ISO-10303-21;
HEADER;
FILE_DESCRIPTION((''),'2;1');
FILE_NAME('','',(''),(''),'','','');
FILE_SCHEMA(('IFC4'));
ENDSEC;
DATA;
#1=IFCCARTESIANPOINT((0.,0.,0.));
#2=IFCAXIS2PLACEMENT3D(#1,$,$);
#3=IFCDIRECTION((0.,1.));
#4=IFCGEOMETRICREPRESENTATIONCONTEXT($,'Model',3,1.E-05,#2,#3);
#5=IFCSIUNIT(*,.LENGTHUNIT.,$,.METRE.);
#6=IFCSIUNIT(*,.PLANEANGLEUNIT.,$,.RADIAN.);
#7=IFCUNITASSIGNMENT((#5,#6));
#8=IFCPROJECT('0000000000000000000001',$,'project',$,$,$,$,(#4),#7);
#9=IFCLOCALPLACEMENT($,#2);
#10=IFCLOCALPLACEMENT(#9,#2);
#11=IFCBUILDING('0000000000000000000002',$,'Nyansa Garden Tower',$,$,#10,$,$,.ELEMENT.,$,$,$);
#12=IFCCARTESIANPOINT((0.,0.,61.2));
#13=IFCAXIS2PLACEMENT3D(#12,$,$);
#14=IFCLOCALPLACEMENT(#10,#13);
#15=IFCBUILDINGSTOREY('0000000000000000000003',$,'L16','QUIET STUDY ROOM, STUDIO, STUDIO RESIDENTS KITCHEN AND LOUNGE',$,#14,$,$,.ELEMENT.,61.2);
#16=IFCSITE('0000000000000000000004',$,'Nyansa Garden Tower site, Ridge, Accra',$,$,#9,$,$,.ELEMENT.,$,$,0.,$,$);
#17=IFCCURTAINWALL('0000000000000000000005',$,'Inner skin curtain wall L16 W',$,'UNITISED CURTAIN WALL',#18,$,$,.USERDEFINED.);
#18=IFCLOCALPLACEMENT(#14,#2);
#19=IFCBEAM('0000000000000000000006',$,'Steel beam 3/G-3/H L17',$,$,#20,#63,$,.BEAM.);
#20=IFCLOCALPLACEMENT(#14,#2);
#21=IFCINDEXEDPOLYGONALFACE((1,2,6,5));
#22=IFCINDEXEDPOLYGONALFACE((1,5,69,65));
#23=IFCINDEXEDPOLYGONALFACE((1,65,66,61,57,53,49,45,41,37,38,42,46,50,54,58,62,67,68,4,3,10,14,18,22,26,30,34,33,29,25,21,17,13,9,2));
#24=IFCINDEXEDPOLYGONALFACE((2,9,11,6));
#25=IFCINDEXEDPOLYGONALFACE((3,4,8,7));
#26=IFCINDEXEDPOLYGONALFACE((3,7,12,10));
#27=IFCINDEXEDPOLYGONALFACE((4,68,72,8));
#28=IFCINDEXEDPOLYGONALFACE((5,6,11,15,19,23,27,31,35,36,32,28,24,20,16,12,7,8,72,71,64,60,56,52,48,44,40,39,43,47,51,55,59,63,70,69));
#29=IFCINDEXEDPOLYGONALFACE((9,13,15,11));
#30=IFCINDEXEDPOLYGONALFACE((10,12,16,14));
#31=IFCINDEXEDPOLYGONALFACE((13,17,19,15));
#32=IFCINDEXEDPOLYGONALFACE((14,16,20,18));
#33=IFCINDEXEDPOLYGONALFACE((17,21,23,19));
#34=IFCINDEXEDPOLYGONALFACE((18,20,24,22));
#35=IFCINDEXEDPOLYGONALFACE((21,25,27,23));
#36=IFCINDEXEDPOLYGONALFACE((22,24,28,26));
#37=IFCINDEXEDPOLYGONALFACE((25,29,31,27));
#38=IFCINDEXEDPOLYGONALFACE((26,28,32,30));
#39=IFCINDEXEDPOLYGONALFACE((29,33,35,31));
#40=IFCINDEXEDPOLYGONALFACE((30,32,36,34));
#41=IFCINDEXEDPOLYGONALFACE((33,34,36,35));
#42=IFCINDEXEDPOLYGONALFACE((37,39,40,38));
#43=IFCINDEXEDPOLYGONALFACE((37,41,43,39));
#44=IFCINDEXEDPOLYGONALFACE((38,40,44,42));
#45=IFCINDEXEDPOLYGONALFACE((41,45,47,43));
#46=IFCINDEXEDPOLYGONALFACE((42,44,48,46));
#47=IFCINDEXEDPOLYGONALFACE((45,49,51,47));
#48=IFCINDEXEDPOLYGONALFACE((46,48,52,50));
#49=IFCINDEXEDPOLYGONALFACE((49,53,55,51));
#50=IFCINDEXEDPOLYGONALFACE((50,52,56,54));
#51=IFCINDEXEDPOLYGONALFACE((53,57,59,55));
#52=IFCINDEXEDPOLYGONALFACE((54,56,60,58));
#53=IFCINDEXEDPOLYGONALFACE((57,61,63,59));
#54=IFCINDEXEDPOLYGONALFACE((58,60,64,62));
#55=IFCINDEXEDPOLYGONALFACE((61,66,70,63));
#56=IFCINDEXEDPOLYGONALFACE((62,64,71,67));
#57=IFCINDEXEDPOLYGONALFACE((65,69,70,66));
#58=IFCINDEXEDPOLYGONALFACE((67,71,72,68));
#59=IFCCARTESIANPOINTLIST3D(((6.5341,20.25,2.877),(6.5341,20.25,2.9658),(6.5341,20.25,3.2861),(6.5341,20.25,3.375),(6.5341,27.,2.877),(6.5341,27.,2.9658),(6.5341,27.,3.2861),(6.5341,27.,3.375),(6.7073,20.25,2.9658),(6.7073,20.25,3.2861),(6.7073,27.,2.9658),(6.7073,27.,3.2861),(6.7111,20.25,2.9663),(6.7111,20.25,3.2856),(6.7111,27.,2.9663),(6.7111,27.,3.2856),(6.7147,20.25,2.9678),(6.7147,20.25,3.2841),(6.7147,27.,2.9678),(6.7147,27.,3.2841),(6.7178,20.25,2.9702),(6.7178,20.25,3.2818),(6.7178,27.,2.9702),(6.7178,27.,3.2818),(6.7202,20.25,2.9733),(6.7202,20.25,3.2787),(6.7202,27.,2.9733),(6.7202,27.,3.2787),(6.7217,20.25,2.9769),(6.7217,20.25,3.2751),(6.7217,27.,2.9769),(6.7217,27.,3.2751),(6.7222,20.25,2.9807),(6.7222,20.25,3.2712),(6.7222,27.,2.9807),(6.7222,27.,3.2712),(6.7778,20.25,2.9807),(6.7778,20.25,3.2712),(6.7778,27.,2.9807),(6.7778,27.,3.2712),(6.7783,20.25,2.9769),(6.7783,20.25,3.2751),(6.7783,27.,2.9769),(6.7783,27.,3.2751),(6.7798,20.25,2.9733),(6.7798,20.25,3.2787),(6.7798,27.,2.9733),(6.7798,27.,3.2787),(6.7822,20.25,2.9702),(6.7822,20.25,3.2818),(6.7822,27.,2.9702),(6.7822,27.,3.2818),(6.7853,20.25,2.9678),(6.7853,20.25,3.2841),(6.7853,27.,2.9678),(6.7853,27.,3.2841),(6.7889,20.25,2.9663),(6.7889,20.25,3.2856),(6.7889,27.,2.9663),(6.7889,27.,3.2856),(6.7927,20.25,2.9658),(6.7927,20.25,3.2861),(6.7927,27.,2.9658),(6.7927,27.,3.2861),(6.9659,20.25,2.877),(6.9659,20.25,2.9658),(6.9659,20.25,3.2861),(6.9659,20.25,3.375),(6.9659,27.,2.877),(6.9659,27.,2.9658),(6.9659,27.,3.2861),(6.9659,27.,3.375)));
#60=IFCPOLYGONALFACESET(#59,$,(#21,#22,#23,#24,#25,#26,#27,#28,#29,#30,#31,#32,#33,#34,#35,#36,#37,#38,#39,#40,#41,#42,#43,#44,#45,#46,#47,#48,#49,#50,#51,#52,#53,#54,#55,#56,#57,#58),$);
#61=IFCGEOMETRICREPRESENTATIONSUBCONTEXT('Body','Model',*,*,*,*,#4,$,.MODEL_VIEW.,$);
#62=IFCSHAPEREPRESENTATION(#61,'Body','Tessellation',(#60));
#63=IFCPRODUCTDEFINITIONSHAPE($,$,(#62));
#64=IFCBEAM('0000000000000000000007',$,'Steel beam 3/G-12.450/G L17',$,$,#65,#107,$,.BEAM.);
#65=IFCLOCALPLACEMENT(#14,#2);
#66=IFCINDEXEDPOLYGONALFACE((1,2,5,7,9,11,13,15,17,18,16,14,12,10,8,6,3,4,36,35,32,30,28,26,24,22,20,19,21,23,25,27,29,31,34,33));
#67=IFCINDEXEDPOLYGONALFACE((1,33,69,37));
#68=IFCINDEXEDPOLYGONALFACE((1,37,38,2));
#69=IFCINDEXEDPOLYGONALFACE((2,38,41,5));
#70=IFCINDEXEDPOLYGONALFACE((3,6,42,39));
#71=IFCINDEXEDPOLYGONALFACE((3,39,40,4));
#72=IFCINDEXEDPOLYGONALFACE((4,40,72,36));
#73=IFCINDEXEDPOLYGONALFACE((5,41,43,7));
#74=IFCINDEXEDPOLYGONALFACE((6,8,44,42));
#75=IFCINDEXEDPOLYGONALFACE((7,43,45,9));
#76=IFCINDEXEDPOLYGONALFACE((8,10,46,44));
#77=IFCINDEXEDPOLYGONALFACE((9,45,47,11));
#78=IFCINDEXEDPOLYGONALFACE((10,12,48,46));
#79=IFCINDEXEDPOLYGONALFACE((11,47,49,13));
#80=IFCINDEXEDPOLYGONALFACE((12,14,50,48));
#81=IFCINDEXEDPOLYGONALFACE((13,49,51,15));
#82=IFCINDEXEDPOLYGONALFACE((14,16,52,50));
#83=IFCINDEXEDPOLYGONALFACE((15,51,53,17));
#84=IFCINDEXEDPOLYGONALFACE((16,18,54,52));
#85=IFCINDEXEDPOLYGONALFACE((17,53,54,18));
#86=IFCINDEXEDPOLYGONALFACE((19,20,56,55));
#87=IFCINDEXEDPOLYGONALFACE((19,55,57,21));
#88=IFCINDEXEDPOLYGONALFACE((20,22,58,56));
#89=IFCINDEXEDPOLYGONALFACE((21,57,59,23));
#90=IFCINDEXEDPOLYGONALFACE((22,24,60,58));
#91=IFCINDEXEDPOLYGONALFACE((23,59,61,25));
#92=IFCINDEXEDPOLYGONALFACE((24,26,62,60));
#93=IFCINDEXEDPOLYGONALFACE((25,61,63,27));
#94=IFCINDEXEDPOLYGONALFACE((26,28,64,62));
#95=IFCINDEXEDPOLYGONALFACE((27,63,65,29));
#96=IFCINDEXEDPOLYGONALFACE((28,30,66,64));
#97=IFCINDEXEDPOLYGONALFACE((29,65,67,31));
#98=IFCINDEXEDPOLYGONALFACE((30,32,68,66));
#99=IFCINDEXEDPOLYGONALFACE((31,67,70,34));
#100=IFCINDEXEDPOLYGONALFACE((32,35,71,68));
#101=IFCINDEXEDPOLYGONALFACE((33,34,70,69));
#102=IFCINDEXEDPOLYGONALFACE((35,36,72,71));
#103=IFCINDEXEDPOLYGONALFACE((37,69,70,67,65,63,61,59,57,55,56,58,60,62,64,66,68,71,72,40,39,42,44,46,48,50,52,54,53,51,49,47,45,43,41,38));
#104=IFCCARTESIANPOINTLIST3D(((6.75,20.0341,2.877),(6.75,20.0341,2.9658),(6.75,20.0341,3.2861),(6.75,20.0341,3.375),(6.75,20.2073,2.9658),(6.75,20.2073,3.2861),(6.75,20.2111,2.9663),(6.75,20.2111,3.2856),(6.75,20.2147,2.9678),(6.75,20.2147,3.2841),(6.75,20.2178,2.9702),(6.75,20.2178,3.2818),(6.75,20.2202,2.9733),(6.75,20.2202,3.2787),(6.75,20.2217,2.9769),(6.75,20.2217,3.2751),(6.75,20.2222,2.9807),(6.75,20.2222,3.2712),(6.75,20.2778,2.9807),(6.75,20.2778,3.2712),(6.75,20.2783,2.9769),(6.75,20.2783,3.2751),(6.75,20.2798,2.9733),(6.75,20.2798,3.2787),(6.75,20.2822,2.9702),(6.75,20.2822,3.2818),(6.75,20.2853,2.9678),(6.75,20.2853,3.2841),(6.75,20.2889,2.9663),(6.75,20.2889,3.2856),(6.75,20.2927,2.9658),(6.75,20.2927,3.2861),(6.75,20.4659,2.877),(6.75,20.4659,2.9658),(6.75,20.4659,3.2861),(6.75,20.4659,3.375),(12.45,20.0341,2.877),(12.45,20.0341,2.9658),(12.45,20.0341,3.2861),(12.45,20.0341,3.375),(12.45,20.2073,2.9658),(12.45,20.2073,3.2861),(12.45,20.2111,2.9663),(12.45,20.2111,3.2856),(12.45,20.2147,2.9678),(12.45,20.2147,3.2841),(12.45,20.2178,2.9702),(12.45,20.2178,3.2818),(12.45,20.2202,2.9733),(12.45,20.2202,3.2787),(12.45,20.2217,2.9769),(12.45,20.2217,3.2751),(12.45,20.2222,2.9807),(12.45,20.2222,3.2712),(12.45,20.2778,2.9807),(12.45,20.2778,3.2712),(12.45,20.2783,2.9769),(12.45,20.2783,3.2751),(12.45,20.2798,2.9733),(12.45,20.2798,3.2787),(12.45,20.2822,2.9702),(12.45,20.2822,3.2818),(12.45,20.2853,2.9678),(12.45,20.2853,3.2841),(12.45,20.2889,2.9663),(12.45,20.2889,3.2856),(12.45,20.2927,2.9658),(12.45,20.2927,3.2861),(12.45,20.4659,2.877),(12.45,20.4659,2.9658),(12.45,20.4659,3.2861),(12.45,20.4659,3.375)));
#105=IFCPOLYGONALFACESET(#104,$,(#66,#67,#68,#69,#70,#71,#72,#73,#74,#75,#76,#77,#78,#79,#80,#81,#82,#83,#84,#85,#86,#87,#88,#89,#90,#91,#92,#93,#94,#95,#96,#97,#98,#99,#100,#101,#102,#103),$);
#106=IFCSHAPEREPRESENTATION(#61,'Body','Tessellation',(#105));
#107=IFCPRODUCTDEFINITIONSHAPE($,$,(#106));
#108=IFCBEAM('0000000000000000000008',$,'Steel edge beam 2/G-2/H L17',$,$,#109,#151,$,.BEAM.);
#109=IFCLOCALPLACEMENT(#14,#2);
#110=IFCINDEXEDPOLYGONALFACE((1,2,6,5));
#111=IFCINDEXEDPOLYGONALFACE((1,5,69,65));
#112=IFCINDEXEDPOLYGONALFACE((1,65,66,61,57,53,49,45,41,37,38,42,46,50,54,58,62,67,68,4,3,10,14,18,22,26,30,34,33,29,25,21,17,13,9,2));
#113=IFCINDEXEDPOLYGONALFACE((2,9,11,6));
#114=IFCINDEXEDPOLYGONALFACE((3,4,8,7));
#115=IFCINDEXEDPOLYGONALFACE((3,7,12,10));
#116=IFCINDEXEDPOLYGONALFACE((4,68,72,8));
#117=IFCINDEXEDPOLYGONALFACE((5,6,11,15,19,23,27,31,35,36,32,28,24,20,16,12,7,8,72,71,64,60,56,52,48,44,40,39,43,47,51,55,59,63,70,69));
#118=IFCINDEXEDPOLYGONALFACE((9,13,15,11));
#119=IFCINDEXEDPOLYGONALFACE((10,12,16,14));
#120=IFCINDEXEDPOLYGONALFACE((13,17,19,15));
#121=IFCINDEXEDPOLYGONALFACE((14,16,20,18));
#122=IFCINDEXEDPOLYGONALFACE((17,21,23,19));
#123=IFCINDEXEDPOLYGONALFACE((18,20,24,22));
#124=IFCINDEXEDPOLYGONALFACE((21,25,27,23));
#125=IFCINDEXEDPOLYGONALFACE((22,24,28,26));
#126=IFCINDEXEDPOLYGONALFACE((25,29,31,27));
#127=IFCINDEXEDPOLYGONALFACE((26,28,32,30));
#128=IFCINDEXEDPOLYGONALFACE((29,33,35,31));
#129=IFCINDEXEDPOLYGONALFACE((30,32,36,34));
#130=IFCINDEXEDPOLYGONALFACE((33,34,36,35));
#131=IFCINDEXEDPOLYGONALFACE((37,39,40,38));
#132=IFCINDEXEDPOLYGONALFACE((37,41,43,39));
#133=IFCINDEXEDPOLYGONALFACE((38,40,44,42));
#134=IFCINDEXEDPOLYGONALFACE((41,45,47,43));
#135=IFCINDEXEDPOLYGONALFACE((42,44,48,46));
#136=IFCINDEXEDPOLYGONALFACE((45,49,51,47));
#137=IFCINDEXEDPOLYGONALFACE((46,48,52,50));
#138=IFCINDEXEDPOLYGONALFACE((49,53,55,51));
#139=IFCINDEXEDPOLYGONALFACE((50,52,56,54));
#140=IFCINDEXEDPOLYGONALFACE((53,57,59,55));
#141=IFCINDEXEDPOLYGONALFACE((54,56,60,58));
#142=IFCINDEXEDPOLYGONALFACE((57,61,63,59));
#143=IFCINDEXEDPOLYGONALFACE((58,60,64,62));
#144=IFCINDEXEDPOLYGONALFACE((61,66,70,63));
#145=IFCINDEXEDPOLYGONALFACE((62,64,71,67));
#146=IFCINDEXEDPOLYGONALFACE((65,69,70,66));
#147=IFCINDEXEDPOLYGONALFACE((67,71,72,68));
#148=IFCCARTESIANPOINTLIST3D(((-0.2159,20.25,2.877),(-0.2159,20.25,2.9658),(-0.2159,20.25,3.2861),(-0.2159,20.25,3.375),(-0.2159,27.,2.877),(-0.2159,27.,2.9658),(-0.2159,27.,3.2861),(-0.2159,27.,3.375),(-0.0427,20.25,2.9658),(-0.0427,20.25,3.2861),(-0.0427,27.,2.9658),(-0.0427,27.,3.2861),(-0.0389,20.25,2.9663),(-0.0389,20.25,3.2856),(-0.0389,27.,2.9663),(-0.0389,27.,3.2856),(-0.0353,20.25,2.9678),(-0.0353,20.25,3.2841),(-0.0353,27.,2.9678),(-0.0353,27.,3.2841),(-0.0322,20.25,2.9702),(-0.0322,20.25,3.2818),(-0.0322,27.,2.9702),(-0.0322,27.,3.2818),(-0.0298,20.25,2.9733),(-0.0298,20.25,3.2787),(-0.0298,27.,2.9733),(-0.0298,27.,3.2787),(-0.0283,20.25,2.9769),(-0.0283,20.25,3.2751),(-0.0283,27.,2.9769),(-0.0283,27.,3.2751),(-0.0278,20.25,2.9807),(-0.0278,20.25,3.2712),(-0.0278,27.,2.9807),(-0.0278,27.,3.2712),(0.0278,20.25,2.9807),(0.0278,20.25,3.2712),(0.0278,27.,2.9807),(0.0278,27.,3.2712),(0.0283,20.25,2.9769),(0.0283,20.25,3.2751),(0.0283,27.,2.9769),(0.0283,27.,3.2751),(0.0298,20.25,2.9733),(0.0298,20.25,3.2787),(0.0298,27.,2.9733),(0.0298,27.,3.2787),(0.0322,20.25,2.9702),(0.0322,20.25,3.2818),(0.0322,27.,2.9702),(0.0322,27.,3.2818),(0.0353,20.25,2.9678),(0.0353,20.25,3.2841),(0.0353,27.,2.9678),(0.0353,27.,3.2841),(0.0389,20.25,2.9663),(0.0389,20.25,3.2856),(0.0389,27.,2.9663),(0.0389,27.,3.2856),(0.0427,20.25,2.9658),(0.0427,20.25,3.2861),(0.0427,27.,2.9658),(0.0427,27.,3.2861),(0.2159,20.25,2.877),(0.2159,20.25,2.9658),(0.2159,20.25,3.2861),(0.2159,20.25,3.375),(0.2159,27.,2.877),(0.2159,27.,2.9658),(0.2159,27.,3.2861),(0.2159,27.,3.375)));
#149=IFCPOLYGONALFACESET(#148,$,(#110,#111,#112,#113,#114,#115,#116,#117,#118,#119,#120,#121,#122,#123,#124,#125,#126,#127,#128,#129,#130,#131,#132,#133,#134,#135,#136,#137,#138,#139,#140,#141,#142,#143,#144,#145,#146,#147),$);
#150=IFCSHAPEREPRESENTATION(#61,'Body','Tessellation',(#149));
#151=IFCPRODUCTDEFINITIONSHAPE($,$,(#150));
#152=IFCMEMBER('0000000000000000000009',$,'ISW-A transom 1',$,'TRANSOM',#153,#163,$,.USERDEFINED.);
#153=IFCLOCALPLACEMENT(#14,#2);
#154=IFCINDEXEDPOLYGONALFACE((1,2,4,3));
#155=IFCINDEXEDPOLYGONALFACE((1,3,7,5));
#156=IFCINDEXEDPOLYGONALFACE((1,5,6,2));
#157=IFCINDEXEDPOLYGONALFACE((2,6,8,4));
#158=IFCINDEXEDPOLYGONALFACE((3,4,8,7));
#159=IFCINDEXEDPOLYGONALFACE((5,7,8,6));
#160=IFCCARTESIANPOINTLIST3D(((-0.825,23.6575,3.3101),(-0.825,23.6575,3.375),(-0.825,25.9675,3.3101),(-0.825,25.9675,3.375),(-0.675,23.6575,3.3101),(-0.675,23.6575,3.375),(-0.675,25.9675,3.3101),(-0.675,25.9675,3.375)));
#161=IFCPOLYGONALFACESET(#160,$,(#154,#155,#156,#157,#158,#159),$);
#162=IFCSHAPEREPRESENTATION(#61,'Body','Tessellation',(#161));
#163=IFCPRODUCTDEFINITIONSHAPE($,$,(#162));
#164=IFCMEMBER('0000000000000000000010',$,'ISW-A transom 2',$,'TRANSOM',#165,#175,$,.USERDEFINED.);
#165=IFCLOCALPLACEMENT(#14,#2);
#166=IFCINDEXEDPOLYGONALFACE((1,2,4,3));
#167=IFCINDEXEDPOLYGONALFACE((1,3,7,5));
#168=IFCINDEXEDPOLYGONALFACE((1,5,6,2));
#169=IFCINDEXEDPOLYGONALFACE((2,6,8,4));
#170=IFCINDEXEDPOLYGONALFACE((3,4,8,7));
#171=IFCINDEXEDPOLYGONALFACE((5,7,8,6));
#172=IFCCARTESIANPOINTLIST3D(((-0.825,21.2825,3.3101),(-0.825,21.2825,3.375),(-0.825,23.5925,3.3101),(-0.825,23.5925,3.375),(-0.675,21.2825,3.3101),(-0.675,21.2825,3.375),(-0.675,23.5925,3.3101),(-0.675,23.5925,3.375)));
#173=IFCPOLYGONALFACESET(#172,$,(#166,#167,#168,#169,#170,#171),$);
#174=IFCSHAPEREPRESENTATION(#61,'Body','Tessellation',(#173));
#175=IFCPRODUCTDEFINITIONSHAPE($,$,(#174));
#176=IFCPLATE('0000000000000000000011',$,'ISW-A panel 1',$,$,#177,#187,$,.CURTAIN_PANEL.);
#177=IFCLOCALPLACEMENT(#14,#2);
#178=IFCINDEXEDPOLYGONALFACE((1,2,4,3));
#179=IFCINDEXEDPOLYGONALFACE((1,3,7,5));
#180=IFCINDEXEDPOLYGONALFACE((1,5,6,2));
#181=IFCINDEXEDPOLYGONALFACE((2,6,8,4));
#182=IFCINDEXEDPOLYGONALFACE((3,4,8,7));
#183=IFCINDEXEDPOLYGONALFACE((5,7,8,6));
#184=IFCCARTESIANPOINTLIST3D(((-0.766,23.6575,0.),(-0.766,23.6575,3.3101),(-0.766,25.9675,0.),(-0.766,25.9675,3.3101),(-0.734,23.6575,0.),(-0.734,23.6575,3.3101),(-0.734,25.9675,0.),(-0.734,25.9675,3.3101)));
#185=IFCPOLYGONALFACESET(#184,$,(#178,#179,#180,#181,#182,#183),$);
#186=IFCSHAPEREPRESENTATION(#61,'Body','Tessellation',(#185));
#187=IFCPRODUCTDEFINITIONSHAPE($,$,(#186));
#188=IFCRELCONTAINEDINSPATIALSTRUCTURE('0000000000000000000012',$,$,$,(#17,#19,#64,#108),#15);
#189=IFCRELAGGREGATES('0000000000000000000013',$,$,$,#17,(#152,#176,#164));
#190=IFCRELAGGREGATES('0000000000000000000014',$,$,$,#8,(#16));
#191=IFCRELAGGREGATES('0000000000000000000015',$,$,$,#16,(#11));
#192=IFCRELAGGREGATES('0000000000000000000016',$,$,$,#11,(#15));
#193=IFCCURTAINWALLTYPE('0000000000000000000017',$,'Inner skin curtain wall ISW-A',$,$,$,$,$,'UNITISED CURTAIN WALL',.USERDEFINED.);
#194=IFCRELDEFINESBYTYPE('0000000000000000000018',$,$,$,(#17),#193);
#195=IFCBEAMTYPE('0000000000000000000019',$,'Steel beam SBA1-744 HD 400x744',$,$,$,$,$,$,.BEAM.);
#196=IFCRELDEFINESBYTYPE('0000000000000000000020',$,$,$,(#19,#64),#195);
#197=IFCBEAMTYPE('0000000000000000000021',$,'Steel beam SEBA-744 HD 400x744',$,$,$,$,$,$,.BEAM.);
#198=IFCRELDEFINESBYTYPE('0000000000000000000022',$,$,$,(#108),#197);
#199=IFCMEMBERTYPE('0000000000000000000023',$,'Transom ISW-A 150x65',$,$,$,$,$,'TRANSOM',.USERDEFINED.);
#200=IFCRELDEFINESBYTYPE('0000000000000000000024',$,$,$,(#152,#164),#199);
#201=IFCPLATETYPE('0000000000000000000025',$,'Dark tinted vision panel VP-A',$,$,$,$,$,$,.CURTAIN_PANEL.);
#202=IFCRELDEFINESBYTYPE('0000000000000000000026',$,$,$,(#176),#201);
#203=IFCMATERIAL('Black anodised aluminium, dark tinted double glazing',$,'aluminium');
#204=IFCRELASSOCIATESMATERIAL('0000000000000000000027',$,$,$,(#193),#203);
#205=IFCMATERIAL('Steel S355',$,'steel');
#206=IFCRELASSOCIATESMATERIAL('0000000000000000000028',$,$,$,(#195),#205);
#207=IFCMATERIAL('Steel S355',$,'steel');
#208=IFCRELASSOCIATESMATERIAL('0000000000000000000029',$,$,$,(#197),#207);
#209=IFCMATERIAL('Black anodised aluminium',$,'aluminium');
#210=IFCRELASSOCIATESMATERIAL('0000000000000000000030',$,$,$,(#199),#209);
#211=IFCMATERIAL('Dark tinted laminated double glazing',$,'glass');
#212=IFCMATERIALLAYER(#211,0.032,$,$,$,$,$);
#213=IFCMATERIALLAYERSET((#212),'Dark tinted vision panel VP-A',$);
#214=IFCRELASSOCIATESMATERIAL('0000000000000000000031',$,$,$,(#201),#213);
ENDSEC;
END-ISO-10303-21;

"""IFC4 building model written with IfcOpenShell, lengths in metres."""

from ifc_helpers import new_model, si_unit, direction, frame, origin, origin_2d, place, context, subcontext, project, spatial, rectangle, i_section, extrude, material, layer, layer_set, material_profile, profile_set, type_object, element, aggregate, save


model = new_model("IFC4")

# Units and contexts
model_context = context("Model", 3, precision=1e-05, world=origin(), true_north=direction((0.0, 1.0)))
body_context = subcontext(model_context, "Body", "Model", "MODEL_VIEW")
ifc_project = project(units=[si_unit("LENGTHUNIT", "METRE"), si_unit("PLANEANGLEUNIT", "RADIAN")], contexts=[model_context])

# Site, building, storey
site_placement = place(None, origin())
site = spatial("IfcSite", under=ifc_project, at=site_placement, Name="Nyansa Garden Tower site, Ridge, Accra", CompositionType="ELEMENT", RefElevation=0.0)
building_placement = place(site_placement, origin())
building = spatial("IfcBuilding", under=site, at=building_placement, Name="Nyansa Garden Tower", CompositionType="ELEMENT")
storey_placement = place(building_placement, frame((0.0, 0.0, 61.2)))
storey = spatial("IfcBuildingStorey", under=building, at=storey_placement, Name="L16", Description="QUIET STUDY ROOM, STUDIO, STUDIO RESIDENTS KITCHEN AND LOUNGE", CompositionType="ELEMENT", Elevation=61.2)

# Curtain wall
ifc_material_1 = material(Name="Black anodised aluminium, dark tinted double glazing", Category="aluminium")
curtain_wall_type = type_object("IfcCurtainWallType", Name="Inner skin curtain wall ISW-A", ElementType="UNITISED CURTAIN WALL", PredefinedType="USERDEFINED", material=ifc_material_1)
curtain_wall_placement = place(storey_placement, origin())
curtain_wall = element("IfcCurtainWall", 1, at=curtain_wall_placement, inside=storey, type_object=curtain_wall_type, Name="Inner skin curtain wall L16 W", ObjectType="UNITISED CURTAIN WALL", PredefinedType="USERDEFINED")

# Beams
ifc_material_2 = material(Name="Steel S355", Category="steel")
ifc_material_profile_1 = material_profile(ifc_material_2, i_section(OverallWidth=0.4319, OverallDepth=0.498, WebThickness=0.0557, FlangeThickness=0.0889, FilletRadius=0.0149, at=origin_2d()), Name="HD 400x744")
ifc_profile_set_1 = profile_set([ifc_material_profile_1], Name="Steel S355")
beam_type_1 = type_object("IfcBeamType", Name="Steel beam SBA1-744 HD 400x744", PredefinedType="BEAM", material=ifc_profile_set_1)
for number, where, z_axis, x_axis, name in (
    (2, (6.75, 20.25, 3.126), (0.0, 1.0, 0.0), (-1.0, 0.0, 0.0), "Steel beam 3/G-3/H L17"),
):
    element("IfcBeam", number, at=place(storey_placement, frame(where, z_axis=z_axis, x_axis=x_axis)), inside=storey, type_object=beam_type_1, Name=name, PredefinedType="BEAM", context=body_context, shape_type="SweptSolid", body=[
        extrude(i_section(OverallWidth=0.4319, OverallDepth=0.498, WebThickness=0.0557, FlangeThickness=0.0889, FilletRadius=0.0149, at=origin_2d()), origin(), (0.0, 0.0, 1.0), 6.75),
    ])
beam_1_placement = place(storey_placement, frame((6.75, 20.25, 3.126), z_axis=(1.0, 0.0, 0.0), x_axis=(0.0, 1.0, 0.0)))
element("IfcBeam", 3, at=beam_1_placement, inside=storey, type_object=beam_type_1, Name="Steel beam 3/G-12.450/G L17", PredefinedType="BEAM", context=body_context, shape_type="SweptSolid", body=[
    extrude(i_section(OverallWidth=0.4319, OverallDepth=0.498, WebThickness=0.0557, FlangeThickness=0.0889, FilletRadius=0.0149, at=origin_2d()), origin(), (0.0, 0.0, 1.0), 5.7),
])
ifc_material_3 = material(Name="Steel S355", Category="steel")
ifc_material_profile_2 = material_profile(ifc_material_3, i_section(OverallWidth=0.4319, OverallDepth=0.498, WebThickness=0.0557, FlangeThickness=0.0889, FilletRadius=0.0149, at=origin_2d()), Name="HD 400x744")
ifc_profile_set_2 = profile_set([ifc_material_profile_2], Name="Steel S355")
beam_type_2 = type_object("IfcBeamType", Name="Steel beam SEBA-744 HD 400x744", PredefinedType="BEAM", material=ifc_profile_set_2)
beam_2_placement = place(storey_placement, frame((0.0, 20.25, 3.126), z_axis=(0.0, 1.0, 0.0), x_axis=(-1.0, 0.0, 0.0)))
element("IfcBeam", 4, at=beam_2_placement, inside=storey, type_object=beam_type_2, Name="Steel edge beam 2/G-2/H L17", PredefinedType="BEAM", context=body_context, shape_type="SweptSolid", body=[
    extrude(i_section(OverallWidth=0.4319, OverallDepth=0.498, WebThickness=0.0557, FlangeThickness=0.0889, FilletRadius=0.0149, at=origin_2d()), origin(), (0.0, 0.0, 1.0), 6.75),
])

# Members
ifc_material_4 = material(Name="Black anodised aluminium", Category="aluminium")
ifc_material_profile_3 = material_profile(ifc_material_4, rectangle(XDim=0.1499, YDim=0.0649, at=origin_2d()), Name="Transom 150x65")
ifc_profile_set_3 = profile_set([ifc_material_profile_3], Name="Black anodised aluminium")
member_type_1 = type_object("IfcMemberType", Name="Transom ISW-A 150x65", ElementType="TRANSOM", PredefinedType="USERDEFINED", material=ifc_profile_set_3)
member_1_placement = place(storey_placement, frame((-0.75, 25.9675, 3.3425), z_axis=(0.0, -1.0, 0.0), x_axis=(1.0, 0.0, 0.0)))
member_1 = element("IfcMember", 5, at=member_1_placement, type_object=member_type_1, Name="ISW-A transom 1", ObjectType="TRANSOM", PredefinedType="USERDEFINED", context=body_context, shape_type="SweptSolid", body=[
    extrude(rectangle(XDim=0.1499, YDim=0.0649, at=origin_2d()), origin(), (0.0, 0.0, 1.0), 2.3101),
])
member_2_placement = place(storey_placement, frame((-0.75, 23.5925, 3.3425), z_axis=(0.0, -1.0, 0.0), x_axis=(1.0, 0.0, 0.0)))
member_2 = element("IfcMember", 6, at=member_2_placement, type_object=member_type_1, Name="ISW-A transom 2", ObjectType="TRANSOM", PredefinedType="USERDEFINED", context=body_context, shape_type="SweptSolid", body=[
    extrude(rectangle(XDim=0.1499, YDim=0.0649, at=origin_2d()), origin(), (0.0, 0.0, 1.0), 2.3101),
])

# Plate
ifc_material_5 = material(Name="Dark tinted laminated double glazing", Category="glass")
ifc_layer_1 = layer(ifc_material_5, 0.032)
ifc_layer_set_1 = layer_set([ifc_layer_1], Name="Dark tinted vision panel VP-A")
plate_type_1 = type_object("IfcPlateType", Name="Dark tinted vision panel VP-A", PredefinedType="CURTAIN_PANEL", material=ifc_layer_set_1)
plate_1_placement = place(storey_placement, frame((-0.75, 24.8125, 0.0), z_axis=(0.0, 0.0, 1.0), x_axis=(0.0, -1.0, 0.0)))
plate_1 = element("IfcPlate", 7, at=plate_1_placement, type_object=plate_type_1, Name="ISW-A panel 1", PredefinedType="CURTAIN_PANEL", context=body_context, shape_type="SweptSolid", body=[
    extrude(rectangle(XDim=2.3101, YDim=0.032, at=origin_2d()), origin(), (0.0, 0.0, 1.0), 3.3101),
])
aggregate(curtain_wall, [member_1, plate_1, member_2])

save(model, "model.ifc")
